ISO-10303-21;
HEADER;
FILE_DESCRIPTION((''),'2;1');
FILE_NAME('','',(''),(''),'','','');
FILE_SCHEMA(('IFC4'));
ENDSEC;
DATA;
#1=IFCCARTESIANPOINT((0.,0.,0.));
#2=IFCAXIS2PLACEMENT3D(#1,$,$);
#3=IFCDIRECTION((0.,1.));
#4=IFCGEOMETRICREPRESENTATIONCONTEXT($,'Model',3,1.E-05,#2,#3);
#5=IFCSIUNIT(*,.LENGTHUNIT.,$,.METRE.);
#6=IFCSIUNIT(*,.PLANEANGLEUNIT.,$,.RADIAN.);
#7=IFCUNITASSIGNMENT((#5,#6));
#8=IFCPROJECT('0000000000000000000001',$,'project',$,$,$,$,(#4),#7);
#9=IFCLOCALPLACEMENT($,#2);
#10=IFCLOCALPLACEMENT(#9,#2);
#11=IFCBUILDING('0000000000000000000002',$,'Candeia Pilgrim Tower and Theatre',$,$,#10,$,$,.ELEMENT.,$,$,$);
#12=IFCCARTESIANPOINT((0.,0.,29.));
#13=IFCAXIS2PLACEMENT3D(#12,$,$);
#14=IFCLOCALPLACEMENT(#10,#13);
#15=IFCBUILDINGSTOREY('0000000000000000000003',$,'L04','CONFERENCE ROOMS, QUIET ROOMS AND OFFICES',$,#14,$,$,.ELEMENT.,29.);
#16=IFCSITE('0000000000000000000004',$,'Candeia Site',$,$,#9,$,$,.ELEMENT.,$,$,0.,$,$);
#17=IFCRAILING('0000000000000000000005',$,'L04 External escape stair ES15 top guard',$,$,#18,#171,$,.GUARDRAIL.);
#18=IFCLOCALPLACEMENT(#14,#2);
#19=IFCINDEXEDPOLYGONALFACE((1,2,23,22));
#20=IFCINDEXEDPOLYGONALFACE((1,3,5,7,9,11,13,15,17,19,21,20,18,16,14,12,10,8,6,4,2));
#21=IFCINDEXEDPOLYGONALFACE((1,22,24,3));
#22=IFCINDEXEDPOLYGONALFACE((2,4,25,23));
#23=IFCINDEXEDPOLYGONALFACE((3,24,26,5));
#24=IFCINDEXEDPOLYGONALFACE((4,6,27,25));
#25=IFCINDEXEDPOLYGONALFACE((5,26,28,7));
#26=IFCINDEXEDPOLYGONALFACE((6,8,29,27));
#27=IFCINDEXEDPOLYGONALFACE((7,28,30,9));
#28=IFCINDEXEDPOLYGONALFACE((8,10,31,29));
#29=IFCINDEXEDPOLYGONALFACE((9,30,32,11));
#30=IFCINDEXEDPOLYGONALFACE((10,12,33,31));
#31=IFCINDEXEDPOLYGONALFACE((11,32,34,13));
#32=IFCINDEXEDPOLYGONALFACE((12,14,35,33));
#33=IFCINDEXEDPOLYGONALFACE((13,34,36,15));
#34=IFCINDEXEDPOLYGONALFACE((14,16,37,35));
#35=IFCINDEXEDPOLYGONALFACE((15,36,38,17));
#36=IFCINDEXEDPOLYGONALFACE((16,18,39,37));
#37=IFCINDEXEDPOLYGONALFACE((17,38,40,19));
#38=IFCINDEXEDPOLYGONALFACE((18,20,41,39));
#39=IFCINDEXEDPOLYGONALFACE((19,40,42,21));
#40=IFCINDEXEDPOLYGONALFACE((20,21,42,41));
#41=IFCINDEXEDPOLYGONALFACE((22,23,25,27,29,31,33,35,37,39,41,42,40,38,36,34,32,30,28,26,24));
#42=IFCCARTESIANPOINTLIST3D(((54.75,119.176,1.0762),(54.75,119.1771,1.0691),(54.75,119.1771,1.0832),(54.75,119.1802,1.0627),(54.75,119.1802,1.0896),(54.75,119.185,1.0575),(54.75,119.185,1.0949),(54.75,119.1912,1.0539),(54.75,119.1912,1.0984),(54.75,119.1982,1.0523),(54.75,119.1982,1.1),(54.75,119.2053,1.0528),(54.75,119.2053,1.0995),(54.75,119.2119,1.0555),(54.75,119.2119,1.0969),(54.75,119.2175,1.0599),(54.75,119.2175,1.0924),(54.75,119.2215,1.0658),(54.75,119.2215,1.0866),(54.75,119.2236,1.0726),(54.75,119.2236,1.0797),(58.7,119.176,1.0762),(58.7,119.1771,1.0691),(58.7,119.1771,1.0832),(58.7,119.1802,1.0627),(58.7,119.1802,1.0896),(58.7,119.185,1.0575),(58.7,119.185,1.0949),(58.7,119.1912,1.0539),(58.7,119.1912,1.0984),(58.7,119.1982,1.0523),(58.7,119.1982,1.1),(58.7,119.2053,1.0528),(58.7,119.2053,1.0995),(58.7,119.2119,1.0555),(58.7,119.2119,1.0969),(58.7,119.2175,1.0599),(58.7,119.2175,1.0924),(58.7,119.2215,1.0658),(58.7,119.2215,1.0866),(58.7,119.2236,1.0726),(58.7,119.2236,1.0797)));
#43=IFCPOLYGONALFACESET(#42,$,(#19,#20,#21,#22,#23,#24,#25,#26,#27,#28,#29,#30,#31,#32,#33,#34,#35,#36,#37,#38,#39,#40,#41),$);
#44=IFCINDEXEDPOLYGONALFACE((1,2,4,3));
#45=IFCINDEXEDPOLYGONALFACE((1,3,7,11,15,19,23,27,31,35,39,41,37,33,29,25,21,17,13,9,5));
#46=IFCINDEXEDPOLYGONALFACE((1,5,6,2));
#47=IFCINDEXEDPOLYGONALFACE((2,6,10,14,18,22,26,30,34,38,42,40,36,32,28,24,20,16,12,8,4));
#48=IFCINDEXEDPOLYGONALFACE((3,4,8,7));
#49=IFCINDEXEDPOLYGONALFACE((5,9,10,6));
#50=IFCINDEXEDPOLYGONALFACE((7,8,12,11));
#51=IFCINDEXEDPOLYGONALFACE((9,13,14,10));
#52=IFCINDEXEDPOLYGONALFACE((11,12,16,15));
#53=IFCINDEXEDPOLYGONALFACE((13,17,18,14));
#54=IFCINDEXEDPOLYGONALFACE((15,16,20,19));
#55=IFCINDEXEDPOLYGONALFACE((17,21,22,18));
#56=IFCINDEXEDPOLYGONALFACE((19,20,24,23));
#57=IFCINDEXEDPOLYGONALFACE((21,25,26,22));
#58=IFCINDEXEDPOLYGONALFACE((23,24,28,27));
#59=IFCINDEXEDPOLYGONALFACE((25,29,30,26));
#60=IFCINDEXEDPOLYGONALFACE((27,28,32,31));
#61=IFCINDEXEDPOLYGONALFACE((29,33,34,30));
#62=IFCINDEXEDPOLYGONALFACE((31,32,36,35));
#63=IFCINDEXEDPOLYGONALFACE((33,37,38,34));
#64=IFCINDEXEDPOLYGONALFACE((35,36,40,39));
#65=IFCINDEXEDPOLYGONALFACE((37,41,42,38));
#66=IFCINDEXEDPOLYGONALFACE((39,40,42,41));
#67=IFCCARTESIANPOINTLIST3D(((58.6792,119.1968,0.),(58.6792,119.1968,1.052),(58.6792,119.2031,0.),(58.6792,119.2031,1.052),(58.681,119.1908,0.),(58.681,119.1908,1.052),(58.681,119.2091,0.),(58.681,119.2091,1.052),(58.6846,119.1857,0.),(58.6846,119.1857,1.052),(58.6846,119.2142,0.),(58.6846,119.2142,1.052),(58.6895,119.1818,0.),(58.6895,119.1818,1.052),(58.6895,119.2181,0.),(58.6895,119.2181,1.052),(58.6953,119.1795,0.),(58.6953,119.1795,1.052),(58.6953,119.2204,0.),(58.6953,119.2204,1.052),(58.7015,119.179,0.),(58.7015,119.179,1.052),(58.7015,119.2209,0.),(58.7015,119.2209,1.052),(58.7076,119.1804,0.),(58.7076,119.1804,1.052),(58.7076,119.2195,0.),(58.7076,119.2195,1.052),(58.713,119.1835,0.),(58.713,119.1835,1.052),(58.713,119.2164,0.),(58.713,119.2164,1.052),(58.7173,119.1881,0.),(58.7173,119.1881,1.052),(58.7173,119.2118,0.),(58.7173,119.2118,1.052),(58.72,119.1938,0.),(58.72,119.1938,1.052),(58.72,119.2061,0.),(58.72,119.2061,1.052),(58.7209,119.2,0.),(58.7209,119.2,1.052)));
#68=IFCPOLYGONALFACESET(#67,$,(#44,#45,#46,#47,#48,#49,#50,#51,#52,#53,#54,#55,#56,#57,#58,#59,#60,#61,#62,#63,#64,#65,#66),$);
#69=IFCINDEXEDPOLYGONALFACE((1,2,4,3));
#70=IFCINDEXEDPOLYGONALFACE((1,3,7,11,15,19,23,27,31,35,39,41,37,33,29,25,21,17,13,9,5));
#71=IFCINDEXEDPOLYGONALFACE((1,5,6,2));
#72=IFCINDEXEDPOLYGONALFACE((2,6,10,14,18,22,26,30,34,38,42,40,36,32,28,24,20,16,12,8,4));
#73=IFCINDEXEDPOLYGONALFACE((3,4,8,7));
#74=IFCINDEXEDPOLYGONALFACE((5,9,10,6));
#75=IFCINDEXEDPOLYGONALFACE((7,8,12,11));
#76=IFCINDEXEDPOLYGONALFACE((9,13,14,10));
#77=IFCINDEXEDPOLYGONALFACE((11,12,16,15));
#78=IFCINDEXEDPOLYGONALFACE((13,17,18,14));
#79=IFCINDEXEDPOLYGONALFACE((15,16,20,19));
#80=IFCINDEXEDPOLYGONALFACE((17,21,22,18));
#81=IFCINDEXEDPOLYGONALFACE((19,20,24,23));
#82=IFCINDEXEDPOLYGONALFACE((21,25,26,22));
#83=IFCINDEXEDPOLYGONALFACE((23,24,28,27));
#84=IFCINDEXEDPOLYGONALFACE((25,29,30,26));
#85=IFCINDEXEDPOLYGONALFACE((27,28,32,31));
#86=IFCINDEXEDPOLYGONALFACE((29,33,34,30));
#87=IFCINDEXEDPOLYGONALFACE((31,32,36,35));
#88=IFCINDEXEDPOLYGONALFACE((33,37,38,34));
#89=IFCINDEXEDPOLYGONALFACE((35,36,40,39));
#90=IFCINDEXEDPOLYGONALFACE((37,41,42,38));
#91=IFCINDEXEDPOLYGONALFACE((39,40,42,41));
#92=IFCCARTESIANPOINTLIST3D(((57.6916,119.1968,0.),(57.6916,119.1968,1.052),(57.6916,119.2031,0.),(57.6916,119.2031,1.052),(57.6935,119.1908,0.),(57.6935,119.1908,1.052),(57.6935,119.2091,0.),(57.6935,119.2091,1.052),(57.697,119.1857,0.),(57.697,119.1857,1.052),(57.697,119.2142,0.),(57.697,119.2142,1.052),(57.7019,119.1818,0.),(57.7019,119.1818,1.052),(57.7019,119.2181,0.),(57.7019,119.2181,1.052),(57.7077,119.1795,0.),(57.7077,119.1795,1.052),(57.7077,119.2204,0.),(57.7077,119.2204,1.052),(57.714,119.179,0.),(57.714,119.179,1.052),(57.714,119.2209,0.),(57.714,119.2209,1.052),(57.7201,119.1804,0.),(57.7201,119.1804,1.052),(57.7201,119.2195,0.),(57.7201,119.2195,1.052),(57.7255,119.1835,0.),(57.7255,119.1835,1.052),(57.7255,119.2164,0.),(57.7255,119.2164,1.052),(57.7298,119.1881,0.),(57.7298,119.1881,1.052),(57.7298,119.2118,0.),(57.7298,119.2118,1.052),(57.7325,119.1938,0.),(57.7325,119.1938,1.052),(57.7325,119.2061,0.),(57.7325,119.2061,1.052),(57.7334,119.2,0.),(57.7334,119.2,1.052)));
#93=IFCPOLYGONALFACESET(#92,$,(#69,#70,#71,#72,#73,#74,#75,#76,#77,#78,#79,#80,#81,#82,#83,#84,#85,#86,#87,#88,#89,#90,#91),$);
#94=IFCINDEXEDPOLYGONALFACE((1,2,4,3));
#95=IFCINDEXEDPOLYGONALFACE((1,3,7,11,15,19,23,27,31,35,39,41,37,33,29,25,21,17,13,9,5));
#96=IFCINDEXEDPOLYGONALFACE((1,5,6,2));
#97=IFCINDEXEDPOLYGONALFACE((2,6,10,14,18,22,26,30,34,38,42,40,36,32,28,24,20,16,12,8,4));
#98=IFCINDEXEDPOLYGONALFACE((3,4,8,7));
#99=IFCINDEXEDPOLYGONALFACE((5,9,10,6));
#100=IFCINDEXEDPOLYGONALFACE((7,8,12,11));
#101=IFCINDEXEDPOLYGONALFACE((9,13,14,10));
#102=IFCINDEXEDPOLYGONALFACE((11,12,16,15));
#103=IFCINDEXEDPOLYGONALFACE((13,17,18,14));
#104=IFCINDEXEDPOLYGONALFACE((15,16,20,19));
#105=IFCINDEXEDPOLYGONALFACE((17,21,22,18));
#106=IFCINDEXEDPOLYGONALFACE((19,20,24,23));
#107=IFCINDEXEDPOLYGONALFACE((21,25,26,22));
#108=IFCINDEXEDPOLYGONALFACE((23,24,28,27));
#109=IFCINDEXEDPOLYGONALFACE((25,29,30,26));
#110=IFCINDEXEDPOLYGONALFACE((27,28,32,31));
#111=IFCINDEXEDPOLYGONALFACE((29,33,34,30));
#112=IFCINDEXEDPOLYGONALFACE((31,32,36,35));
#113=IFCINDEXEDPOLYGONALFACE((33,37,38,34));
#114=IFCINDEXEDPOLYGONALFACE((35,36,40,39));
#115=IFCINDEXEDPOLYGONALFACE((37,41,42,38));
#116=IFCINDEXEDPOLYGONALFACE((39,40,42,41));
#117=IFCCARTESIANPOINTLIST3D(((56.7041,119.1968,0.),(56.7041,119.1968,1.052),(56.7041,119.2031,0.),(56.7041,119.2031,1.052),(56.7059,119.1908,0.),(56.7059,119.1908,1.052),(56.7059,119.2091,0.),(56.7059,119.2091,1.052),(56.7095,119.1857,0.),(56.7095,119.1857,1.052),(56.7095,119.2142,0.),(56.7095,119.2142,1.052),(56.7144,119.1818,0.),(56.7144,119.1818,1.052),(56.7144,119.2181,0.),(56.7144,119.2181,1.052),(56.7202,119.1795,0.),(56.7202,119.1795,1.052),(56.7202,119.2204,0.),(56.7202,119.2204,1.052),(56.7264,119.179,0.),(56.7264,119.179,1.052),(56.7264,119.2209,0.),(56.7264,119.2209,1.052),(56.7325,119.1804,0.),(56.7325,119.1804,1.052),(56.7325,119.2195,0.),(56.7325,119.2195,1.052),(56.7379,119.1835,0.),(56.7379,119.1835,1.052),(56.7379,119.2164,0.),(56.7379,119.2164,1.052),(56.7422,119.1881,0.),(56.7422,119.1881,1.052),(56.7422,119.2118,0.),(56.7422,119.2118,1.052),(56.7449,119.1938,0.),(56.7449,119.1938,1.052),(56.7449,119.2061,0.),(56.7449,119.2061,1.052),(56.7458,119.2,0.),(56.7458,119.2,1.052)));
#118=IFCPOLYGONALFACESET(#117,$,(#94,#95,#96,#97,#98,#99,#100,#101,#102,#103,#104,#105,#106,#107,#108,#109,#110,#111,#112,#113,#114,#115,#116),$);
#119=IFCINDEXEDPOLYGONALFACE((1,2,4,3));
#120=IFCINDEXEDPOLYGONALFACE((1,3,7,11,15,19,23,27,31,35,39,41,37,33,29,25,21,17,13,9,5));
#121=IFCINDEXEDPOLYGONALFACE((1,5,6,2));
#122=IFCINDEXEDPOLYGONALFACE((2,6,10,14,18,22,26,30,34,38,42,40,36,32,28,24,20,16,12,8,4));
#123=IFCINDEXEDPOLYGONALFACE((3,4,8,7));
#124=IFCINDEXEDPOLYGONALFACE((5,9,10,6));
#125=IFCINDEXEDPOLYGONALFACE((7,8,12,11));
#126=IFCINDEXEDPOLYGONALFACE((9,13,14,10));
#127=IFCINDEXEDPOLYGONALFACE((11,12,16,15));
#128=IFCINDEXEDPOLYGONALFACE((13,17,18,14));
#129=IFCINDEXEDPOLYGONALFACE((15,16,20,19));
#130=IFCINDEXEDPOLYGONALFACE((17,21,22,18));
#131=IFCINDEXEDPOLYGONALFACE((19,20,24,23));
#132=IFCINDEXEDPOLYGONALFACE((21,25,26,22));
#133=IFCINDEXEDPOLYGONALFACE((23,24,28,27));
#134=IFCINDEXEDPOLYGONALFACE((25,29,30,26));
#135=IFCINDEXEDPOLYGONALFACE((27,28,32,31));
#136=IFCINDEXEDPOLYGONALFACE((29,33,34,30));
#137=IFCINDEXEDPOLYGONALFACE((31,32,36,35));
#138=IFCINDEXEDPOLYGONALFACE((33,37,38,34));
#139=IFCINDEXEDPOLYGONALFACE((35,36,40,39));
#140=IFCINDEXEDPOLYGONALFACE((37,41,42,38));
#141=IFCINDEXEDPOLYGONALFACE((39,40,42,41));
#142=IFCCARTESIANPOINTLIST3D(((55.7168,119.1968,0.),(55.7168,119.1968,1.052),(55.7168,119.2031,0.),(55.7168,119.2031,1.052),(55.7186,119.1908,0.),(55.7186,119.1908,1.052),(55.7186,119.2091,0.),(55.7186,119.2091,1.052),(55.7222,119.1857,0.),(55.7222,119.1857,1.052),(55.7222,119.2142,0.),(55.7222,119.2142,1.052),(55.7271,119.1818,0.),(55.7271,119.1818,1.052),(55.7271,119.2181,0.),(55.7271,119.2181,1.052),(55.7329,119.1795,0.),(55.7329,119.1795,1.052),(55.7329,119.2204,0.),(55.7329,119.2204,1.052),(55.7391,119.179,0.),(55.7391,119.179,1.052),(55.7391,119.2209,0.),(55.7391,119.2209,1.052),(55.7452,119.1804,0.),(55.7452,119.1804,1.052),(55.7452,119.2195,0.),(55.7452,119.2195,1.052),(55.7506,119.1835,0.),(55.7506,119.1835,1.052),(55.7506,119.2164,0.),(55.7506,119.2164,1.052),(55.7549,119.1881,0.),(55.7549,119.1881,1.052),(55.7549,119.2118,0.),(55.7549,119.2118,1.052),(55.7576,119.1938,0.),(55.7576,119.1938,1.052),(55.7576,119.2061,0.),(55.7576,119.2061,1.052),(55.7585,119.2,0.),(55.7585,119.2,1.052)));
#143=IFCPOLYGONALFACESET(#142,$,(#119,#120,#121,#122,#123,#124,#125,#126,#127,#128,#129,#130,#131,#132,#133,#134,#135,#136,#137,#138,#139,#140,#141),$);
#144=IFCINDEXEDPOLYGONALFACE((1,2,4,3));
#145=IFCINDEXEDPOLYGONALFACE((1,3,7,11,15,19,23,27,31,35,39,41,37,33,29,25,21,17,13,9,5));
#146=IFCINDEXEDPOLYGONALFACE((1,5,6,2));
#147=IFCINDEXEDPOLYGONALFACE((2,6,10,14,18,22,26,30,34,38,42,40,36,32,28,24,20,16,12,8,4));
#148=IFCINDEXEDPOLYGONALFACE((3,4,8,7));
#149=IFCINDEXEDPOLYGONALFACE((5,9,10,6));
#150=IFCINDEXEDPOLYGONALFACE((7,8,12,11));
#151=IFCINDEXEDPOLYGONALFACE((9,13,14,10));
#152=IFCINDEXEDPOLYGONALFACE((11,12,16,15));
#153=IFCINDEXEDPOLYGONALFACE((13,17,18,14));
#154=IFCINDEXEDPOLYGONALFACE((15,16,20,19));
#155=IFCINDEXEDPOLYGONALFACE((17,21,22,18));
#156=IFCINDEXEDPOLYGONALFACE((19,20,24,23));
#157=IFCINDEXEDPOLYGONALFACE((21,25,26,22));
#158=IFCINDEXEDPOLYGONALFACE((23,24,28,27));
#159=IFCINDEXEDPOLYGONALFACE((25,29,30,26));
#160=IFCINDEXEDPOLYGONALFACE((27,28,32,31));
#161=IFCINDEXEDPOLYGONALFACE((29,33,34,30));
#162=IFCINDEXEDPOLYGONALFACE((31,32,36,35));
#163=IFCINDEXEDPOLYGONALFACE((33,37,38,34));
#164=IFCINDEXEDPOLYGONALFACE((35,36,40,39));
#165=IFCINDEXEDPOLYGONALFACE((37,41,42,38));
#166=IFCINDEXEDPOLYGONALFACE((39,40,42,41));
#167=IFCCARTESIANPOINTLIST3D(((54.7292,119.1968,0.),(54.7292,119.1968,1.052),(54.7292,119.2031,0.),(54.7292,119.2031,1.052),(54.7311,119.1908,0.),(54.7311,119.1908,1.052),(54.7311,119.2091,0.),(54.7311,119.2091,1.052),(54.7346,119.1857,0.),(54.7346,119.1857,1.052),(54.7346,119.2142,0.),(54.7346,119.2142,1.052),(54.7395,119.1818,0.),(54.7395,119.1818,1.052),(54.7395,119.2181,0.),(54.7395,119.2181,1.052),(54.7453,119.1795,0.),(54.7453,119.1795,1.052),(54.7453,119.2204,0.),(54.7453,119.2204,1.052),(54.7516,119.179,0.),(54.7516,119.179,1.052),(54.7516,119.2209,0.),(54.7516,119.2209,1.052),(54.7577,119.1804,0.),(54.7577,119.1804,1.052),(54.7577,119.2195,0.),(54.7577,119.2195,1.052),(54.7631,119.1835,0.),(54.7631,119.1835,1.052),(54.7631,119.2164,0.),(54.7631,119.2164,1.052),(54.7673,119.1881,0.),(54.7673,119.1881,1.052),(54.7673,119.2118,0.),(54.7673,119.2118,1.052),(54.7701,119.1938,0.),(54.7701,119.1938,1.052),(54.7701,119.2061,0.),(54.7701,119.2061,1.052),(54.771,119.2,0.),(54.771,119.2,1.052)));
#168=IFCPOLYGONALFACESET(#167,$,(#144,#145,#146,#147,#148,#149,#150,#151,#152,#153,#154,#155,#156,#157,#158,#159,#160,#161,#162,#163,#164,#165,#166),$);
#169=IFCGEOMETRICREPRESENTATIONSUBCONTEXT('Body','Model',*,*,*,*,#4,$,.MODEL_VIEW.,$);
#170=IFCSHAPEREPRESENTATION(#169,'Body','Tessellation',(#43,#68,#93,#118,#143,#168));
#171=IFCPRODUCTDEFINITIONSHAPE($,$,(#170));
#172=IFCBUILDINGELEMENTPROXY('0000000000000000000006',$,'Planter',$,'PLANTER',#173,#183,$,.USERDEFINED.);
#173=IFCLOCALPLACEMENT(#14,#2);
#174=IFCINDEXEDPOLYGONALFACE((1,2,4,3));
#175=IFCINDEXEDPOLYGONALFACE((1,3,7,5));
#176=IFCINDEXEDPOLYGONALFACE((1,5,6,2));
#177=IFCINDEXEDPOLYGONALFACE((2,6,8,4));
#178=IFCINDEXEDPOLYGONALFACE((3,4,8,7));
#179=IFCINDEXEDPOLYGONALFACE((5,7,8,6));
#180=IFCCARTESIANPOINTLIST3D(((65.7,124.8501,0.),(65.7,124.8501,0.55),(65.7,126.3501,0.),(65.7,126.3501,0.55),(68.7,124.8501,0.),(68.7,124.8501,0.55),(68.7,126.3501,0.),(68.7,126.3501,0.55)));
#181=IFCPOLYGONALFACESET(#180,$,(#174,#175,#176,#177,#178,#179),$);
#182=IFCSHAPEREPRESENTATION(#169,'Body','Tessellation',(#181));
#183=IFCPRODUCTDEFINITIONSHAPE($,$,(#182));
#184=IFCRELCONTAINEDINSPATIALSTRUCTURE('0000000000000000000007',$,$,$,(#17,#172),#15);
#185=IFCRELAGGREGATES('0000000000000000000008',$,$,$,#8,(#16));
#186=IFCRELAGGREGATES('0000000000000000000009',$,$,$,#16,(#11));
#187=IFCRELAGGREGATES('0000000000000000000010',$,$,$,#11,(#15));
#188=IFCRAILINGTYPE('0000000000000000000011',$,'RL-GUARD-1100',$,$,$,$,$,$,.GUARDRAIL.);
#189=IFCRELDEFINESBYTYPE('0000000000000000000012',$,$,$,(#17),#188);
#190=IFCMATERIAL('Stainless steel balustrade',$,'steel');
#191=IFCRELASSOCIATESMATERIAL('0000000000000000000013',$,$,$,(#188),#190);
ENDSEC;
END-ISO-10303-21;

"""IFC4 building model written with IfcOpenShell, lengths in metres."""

from ifc_helpers import new_model, si_unit, direction, frame, origin, origin_2d, place, context, subcontext, project, spatial, rectangle, circle, extrude, material, type_object, element, save


model = new_model("IFC4")

# Units and contexts
model_context = context("Model", 3, precision=1e-05, world=origin(), true_north=direction((0.0, 1.0)))
body_context = subcontext(model_context, "Body", "Model", "MODEL_VIEW")
ifc_project = project(units=[si_unit("LENGTHUNIT", "METRE"), si_unit("PLANEANGLEUNIT", "RADIAN")], contexts=[model_context])

# Site, building, storey
site_placement = place(None, origin())
site = spatial("IfcSite", under=ifc_project, at=site_placement, Name="Candeia Site", CompositionType="ELEMENT", RefElevation=0.0)
building_placement = place(site_placement, origin())
building = spatial("IfcBuilding", under=site, at=building_placement, Name="Candeia Pilgrim Tower and Theatre", CompositionType="ELEMENT")
storey_placement = place(building_placement, frame((0.0, 0.0, 29.0)))
storey = spatial("IfcBuildingStorey", under=building, at=storey_placement, Name="L04", Description="CONFERENCE ROOMS, QUIET ROOMS AND OFFICES", CompositionType="ELEMENT", Elevation=29.0)

# Railing
ifc_material_1 = material(Name="Stainless steel balustrade", Category="steel")
railing_type_1 = type_object("IfcRailingType", Name="RL-GUARD-1100", PredefinedType="GUARDRAIL", material=ifc_material_1)
railing_1_placement = place(storey_placement, frame((58.7, 119.2, 0.0)))
element("IfcRailing", 1, at=railing_1_placement, inside=storey, type_object=railing_type_1, Name="L04 External escape stair ES15 top guard", PredefinedType="GUARDRAIL", context=body_context, shape_type="SweptSolid", body=[
    extrude(circle(Radius=0.0239, at=origin_2d()), frame((0.0, 0.0, 1.0762), z_axis=(-1.0, 0.0, 0.0), x_axis=(0.0, -1.0, 0.0)), (0.0, 0.0, 1.0), 3.95),
    extrude(circle(Radius=0.021, at=origin_2d()), origin(), (0.0, 0.0, 1.0), 1.052),
    extrude(circle(Radius=0.021, at=origin_2d()), frame((-0.9875, 0.0, 0.0)), (0.0, 0.0, 1.0), 1.052),
    extrude(circle(Radius=0.021, at=origin_2d()), frame((-1.9751, 0.0, 0.0)), (0.0, 0.0, 1.0), 1.052),
    extrude(circle(Radius=0.021, at=origin_2d()), frame((-2.9624, 0.0, 0.0)), (0.0, 0.0, 1.0), 1.052),
    extrude(circle(Radius=0.021, at=origin_2d()), frame((-3.95, 0.0, 0.0)), (0.0, 0.0, 1.0), 1.052),
])

# Building element proxy
proxy_placement = place(storey_placement, frame((67.2, 125.6001, 0.0), z_axis=(0.0, 0.0, 1.0), x_axis=(1.0, 0.0, 0.0)))
element("IfcBuildingElementProxy", 2, at=proxy_placement, inside=storey, Name="Planter", ObjectType="PLANTER", PredefinedType="USERDEFINED", context=body_context, shape_type="SweptSolid", body=[
    extrude(rectangle(XDim=3.0, YDim=1.5, at=origin_2d()), origin(), (0.0, 0.0, 1.0), 0.55),
])

save(model, "model.ifc")
